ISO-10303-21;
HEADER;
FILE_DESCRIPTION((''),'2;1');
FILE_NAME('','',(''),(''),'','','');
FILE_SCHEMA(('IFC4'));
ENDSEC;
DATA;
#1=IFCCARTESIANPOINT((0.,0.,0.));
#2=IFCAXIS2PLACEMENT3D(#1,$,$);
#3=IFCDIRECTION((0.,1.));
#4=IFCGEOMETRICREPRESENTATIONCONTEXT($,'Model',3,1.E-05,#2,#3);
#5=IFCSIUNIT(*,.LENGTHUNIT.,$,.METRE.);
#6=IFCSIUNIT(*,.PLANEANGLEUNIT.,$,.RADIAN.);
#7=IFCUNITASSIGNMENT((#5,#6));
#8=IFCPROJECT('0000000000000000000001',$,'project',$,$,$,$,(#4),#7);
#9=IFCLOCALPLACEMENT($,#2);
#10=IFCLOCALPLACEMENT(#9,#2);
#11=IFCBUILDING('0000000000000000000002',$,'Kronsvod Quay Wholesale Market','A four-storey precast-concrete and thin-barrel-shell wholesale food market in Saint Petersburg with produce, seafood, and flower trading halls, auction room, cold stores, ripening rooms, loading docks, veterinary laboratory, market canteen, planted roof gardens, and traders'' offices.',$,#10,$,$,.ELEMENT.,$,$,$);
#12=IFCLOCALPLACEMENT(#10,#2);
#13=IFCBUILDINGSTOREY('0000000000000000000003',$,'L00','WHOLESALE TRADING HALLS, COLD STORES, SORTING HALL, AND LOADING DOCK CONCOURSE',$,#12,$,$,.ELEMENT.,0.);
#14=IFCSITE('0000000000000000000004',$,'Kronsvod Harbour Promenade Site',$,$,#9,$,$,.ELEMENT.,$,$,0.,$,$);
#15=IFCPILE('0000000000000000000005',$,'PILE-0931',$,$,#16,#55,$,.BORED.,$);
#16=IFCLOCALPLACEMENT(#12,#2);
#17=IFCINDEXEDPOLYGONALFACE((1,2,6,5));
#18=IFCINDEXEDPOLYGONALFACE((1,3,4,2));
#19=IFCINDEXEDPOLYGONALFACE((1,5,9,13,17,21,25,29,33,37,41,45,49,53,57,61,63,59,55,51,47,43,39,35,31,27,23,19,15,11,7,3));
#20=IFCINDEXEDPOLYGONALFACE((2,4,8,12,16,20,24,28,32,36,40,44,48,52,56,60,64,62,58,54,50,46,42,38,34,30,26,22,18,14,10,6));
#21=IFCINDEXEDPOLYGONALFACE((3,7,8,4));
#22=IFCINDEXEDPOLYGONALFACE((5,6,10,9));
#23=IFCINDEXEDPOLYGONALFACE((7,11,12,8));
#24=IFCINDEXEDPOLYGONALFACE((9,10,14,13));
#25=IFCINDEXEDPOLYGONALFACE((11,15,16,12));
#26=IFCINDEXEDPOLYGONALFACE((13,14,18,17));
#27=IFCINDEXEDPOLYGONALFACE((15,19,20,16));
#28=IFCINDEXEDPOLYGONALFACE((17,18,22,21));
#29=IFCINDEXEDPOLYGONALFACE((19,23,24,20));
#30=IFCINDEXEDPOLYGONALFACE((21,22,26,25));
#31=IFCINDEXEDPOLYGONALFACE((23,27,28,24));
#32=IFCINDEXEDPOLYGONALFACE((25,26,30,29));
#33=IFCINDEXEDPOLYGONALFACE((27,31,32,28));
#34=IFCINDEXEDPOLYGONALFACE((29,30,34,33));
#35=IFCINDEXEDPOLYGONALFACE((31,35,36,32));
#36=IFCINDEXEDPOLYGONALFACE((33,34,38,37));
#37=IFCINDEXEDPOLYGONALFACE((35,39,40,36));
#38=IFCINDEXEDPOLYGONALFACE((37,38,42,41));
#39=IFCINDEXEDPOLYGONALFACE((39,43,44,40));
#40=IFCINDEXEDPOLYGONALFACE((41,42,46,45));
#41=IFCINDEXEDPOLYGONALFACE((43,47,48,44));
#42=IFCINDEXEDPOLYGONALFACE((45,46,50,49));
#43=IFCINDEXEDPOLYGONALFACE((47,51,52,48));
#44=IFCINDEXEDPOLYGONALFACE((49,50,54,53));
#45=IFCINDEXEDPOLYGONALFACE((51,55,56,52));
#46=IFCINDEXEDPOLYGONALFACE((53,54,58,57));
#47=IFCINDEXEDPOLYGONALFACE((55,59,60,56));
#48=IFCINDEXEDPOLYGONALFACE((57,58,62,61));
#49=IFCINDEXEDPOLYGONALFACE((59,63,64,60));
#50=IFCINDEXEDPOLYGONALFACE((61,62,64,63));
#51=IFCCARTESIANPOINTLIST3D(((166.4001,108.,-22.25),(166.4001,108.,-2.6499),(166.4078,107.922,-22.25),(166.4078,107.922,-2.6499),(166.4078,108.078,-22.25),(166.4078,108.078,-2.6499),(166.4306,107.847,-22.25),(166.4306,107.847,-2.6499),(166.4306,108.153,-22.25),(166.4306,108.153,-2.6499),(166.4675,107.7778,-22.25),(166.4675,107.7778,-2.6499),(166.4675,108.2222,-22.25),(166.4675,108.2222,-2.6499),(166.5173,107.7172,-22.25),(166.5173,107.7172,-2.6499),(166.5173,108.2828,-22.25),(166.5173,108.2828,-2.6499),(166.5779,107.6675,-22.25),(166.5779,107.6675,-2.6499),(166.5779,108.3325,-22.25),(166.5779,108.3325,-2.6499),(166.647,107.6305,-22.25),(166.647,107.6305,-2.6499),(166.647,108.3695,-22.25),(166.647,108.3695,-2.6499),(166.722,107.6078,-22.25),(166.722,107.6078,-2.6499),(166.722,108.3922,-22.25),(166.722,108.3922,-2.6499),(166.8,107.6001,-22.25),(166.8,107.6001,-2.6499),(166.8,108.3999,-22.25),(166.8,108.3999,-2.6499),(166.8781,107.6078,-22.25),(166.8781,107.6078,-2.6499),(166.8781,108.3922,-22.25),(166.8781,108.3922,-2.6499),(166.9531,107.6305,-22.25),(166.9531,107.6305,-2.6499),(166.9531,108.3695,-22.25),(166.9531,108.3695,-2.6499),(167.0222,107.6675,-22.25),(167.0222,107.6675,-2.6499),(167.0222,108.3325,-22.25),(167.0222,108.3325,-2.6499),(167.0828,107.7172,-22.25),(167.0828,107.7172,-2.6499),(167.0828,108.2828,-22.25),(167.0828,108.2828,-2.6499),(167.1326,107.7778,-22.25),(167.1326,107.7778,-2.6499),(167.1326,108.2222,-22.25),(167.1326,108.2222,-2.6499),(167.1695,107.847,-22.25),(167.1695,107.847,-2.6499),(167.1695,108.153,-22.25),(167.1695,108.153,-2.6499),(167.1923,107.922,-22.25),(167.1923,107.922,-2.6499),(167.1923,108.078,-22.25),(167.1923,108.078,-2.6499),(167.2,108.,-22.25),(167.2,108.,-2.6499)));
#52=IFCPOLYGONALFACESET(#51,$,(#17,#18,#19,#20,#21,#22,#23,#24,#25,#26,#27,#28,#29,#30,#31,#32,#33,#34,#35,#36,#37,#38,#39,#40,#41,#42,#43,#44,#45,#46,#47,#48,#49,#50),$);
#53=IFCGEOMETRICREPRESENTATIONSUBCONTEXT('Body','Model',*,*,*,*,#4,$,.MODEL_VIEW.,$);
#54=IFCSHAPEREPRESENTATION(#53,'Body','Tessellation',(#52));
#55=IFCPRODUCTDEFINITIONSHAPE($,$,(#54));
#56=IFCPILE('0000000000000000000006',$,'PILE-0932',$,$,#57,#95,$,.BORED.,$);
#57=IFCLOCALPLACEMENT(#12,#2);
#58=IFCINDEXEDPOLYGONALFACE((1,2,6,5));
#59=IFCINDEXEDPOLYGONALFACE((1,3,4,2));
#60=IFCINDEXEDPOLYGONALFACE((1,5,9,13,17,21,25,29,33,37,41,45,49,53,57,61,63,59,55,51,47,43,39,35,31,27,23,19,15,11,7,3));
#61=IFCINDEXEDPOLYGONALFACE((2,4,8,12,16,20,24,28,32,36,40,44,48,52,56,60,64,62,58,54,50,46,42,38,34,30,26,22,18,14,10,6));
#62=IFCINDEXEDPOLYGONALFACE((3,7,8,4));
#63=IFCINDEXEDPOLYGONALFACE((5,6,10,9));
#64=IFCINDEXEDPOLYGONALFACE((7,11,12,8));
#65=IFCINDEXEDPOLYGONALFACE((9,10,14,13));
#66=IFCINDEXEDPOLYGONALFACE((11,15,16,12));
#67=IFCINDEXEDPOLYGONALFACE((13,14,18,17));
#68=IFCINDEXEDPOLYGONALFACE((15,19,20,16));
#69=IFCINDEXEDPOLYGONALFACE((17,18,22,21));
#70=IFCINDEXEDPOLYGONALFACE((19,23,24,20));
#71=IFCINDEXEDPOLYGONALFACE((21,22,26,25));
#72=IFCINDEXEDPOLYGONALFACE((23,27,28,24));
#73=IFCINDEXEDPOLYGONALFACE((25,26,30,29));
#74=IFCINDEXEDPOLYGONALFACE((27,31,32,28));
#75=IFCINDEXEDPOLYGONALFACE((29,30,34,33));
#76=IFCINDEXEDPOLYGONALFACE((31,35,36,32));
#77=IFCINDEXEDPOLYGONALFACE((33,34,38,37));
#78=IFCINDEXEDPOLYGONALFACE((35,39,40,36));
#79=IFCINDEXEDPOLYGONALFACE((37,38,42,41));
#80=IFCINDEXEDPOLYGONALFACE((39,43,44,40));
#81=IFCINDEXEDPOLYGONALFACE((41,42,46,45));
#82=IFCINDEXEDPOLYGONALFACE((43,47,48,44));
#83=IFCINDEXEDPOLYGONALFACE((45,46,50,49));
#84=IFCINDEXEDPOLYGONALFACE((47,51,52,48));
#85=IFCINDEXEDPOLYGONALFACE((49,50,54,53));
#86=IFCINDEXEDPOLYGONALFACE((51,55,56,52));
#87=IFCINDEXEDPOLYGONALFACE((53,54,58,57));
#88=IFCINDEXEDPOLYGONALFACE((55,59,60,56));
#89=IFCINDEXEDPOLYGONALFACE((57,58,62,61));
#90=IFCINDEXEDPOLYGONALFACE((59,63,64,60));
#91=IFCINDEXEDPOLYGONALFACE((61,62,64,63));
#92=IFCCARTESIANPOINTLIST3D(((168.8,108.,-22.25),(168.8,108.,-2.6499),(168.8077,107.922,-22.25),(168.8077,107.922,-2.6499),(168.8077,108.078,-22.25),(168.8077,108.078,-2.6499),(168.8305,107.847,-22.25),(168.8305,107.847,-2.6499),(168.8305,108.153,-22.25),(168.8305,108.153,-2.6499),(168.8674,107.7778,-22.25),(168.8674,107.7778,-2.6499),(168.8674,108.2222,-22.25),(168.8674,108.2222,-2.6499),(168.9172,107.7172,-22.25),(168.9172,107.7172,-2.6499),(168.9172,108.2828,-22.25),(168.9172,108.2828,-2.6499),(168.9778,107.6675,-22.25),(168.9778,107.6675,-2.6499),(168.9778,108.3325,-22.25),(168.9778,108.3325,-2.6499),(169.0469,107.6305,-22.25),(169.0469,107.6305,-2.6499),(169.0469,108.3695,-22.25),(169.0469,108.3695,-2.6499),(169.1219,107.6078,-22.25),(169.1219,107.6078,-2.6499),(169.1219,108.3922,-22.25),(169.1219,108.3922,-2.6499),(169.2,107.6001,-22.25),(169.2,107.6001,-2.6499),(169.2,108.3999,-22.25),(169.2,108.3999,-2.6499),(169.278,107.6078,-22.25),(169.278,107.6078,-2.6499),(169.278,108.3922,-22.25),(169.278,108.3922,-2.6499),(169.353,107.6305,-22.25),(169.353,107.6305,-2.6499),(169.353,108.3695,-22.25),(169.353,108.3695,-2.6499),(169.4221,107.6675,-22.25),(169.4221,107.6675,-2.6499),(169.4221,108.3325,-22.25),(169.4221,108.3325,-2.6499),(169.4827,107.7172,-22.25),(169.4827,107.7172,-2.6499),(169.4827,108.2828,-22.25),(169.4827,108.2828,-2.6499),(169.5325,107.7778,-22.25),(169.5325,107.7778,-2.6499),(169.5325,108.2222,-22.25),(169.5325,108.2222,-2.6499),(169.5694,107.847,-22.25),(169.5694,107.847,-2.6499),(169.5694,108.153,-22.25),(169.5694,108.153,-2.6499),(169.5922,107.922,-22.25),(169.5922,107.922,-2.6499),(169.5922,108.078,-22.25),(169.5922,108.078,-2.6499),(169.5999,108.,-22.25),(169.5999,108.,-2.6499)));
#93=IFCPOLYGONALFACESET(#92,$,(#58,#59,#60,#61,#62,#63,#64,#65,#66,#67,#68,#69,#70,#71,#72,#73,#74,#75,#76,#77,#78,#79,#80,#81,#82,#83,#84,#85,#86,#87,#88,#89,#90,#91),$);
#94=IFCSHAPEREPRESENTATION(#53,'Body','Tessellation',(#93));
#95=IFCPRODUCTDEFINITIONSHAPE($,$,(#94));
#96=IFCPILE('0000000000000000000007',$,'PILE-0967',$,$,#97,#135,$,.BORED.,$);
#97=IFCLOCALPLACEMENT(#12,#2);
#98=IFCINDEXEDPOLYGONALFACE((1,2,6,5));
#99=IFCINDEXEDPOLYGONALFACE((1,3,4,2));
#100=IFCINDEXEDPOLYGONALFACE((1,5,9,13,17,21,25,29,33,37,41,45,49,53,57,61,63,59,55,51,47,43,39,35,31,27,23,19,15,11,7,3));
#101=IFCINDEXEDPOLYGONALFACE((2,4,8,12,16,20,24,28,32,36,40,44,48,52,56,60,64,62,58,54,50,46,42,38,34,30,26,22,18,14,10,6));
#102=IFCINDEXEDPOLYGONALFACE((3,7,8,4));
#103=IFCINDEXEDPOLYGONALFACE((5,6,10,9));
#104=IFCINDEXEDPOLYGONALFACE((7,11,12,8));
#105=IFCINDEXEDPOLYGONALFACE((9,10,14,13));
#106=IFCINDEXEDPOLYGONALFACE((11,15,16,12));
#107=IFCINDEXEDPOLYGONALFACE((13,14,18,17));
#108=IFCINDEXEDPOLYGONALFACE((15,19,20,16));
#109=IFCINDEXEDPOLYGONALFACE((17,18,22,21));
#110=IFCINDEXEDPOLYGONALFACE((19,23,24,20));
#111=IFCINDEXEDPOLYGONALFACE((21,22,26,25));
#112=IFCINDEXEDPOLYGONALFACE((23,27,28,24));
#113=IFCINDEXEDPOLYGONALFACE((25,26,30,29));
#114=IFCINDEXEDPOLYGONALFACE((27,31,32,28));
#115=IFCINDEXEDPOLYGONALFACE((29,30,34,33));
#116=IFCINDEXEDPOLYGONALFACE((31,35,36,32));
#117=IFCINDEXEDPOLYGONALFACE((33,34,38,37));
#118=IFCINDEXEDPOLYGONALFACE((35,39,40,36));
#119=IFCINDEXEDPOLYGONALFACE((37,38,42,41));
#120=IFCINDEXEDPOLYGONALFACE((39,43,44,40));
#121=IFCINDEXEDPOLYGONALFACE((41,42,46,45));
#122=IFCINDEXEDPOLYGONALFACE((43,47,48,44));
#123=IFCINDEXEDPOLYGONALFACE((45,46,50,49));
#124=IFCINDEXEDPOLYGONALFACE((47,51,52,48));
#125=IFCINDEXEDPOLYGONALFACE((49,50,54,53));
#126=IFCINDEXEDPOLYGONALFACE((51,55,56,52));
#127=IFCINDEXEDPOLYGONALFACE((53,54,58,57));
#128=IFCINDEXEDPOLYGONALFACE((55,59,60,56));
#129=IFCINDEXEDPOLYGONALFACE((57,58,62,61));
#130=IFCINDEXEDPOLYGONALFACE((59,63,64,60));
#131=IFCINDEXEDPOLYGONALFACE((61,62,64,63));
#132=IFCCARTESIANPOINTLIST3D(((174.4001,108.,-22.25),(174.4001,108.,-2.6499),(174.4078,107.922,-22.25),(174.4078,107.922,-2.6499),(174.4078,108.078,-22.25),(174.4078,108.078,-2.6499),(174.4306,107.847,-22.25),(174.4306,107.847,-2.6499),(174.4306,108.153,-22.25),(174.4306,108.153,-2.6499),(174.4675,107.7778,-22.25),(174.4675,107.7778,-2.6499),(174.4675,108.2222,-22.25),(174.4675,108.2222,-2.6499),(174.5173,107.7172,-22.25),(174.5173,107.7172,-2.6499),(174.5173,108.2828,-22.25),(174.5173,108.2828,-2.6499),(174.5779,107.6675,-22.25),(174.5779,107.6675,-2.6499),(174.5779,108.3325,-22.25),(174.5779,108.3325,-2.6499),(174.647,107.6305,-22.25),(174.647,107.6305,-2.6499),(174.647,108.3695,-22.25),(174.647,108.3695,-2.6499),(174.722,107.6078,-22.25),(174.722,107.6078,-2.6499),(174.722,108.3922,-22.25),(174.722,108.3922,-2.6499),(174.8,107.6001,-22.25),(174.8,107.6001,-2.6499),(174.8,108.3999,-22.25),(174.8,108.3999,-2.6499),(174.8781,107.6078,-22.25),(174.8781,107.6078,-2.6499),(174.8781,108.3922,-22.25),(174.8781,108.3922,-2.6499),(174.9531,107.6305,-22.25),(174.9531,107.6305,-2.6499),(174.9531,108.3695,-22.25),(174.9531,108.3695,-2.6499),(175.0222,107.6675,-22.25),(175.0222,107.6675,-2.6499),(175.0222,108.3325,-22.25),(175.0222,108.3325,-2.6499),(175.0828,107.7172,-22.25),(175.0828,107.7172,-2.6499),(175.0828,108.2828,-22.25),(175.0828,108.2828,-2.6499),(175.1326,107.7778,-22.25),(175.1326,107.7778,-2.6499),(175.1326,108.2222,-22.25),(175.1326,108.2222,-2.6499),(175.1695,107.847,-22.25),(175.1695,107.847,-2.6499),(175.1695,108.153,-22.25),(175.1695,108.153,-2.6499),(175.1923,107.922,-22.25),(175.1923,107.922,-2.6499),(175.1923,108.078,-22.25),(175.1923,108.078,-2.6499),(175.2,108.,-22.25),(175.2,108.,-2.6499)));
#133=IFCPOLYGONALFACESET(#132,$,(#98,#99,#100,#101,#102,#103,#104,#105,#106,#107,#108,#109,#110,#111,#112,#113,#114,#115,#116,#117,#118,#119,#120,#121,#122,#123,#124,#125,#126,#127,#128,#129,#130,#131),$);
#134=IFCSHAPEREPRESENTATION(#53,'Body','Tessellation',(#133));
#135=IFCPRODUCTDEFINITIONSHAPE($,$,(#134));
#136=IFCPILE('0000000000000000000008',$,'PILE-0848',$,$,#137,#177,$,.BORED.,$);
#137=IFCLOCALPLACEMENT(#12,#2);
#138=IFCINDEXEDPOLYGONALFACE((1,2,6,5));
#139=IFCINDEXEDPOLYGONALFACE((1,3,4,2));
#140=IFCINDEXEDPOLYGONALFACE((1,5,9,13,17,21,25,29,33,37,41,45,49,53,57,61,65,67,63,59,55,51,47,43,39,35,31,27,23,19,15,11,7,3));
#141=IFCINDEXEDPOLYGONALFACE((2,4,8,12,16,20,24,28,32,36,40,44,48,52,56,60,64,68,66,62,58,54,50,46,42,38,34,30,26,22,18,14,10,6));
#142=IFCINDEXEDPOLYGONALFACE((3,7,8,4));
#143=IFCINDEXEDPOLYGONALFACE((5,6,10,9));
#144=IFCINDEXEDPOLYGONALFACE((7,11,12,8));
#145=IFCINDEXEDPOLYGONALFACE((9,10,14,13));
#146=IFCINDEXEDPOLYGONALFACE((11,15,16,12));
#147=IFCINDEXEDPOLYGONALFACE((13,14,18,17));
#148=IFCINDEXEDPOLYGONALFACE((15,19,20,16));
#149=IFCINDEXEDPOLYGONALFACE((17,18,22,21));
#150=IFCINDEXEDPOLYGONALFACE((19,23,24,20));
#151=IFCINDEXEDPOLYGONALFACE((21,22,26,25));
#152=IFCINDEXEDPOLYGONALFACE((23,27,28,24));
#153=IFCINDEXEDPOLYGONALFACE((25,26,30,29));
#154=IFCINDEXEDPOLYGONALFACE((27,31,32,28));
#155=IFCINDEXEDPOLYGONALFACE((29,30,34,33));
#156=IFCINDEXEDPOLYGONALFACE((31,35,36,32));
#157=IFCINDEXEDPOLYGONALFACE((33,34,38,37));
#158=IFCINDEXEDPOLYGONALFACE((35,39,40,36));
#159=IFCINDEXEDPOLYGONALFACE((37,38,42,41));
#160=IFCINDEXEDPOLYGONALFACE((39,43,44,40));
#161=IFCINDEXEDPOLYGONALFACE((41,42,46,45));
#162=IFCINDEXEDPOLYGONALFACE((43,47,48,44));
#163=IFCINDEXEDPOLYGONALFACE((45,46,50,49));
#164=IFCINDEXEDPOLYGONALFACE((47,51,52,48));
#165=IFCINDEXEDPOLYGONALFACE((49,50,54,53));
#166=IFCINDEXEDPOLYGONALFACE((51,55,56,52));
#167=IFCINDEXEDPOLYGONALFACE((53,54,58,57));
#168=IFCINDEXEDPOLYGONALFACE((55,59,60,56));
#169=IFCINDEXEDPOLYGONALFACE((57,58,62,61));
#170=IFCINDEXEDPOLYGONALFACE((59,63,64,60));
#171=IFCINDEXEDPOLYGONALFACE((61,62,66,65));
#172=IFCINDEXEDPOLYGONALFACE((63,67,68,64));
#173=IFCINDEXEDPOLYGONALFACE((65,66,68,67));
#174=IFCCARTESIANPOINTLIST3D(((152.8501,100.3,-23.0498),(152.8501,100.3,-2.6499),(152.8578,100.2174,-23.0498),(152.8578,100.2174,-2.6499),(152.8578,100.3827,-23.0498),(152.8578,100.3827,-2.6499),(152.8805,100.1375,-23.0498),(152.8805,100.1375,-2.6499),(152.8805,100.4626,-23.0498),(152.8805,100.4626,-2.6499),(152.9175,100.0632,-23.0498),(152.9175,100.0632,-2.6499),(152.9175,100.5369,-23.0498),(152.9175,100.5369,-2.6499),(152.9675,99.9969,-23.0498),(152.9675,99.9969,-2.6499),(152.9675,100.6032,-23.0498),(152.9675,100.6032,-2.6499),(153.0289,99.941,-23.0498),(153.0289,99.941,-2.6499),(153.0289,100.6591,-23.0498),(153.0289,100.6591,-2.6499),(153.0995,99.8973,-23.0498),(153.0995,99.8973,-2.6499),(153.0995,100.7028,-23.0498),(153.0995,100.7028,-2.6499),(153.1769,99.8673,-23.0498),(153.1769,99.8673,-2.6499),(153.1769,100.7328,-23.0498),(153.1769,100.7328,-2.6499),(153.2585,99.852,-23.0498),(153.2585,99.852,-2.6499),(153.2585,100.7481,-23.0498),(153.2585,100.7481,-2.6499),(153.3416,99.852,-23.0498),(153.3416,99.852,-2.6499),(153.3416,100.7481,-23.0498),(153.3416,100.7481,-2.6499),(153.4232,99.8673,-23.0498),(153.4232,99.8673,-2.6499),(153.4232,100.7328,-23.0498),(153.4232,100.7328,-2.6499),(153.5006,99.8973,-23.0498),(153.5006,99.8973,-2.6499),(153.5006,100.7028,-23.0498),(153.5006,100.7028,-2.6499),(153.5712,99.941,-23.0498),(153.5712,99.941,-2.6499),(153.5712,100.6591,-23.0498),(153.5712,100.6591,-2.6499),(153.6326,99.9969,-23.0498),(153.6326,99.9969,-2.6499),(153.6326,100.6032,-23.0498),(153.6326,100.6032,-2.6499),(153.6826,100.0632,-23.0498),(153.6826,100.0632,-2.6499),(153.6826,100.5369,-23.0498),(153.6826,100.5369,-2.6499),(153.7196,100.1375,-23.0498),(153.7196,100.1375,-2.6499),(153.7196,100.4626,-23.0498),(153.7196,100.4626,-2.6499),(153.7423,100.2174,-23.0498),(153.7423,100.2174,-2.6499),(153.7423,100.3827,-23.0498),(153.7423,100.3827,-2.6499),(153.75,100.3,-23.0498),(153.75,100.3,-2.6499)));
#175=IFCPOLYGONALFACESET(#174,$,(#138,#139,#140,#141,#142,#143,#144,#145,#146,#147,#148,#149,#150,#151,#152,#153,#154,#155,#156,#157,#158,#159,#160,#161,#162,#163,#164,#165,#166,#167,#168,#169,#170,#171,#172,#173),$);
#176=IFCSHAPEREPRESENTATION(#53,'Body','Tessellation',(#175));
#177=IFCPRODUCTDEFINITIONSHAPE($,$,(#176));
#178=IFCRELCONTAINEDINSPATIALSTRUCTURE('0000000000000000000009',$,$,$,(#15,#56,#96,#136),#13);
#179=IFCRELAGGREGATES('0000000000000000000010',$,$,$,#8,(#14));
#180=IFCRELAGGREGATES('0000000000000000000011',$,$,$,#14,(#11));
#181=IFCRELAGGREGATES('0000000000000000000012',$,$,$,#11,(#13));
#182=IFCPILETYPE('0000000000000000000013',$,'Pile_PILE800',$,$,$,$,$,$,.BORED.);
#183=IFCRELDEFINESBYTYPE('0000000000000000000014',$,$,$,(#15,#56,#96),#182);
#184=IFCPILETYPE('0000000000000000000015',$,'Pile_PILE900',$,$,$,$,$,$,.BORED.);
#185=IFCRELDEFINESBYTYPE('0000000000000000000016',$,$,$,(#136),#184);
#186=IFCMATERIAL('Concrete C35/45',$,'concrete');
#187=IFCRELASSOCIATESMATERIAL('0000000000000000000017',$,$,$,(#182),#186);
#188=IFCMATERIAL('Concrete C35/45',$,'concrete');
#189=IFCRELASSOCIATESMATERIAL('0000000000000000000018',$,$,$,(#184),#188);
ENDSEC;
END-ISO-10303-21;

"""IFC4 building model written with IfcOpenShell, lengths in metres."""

from ifc_helpers import new_model, si_unit, direction, frame, origin, origin_2d, place, context, subcontext, project, spatial, circle, extrude, material, material_profile, profile_set, type_object, element, save


model = new_model("IFC4")

# Units and contexts
model_context = context("Model", 3, precision=1e-05, world=origin(), true_north=direction((0.0, 1.0)))
body_context = subcontext(model_context, "Body", "Model", "MODEL_VIEW")
ifc_project = project(units=[si_unit("LENGTHUNIT", "METRE"), si_unit("PLANEANGLEUNIT", "RADIAN")], contexts=[model_context])

# Site, building, storey
site_placement = place(None, origin())
site = spatial("IfcSite", under=ifc_project, at=site_placement, Name="Kronsvod Harbour Promenade Site", CompositionType="ELEMENT", RefElevation=0.0)
building_placement = place(site_placement, origin())
building = spatial("IfcBuilding", under=site, at=building_placement, Name="Kronsvod Quay Wholesale Market", Description="A four-storey precast-concrete and thin-barrel-shell wholesale food market in Saint Petersburg with produce, seafood, and flower trading halls, auction room, cold stores, ripening rooms, loading docks, veterinary laboratory, market canteen, planted roof gardens, and traders' offices.", CompositionType="ELEMENT")
storey_placement = place(building_placement, origin())
storey = spatial("IfcBuildingStorey", under=building, at=storey_placement, Name="L00", Description="WHOLESALE TRADING HALLS, COLD STORES, SORTING HALL, AND LOADING DOCK CONCOURSE", CompositionType="ELEMENT", Elevation=0.0)

# Piles
ifc_material_1 = material(Name="Concrete C35/45", Category="concrete")
ifc_material_profile_1 = material_profile(ifc_material_1, circle(Radius=0.3999, at=origin_2d()), Name="PILE800")
ifc_profile_set_1 = profile_set([ifc_material_profile_1], Name="Concrete C35/45")
pile_type_1 = type_object("IfcPileType", Name="Pile_PILE800", PredefinedType="BORED", material=ifc_profile_set_1)
for number, where, z_axis, x_axis, name in (
    (1, (166.8, 108.0, -2.6499), (0.0, 0.0, -1.0), (1.0, 0.0, 0.0), "PILE-0931"),
    (2, (169.2, 108.0, -2.6499), (0.0, 0.0, -1.0), (1.0, 0.0, 0.0), "PILE-0932"),
    (3, (174.8, 108.0, -2.6499), (0.0, 0.0, -1.0), (1.0, 0.0, 0.0), "PILE-0967"),
):
    element("IfcPile", number, at=place(storey_placement, frame(where, z_axis=z_axis, x_axis=x_axis)), inside=storey, type_object=pile_type_1, Name=name, PredefinedType="BORED", context=body_context, shape_type="SweptSolid", body=[
        extrude(circle(Radius=0.3999, at=origin_2d()), origin(), (0.0, 0.0, 1.0), 19.6001),
    ])
ifc_material_2 = material(Name="Concrete C35/45", Category="concrete")
ifc_material_profile_2 = material_profile(ifc_material_2, circle(Radius=0.45, at=origin_2d()), Name="PILE900")
ifc_profile_set_2 = profile_set([ifc_material_profile_2], Name="Concrete C35/45")
pile_type_2 = type_object("IfcPileType", Name="Pile_PILE900", PredefinedType="BORED", material=ifc_profile_set_2)
for number, where, z_axis, x_axis, name in (
    (4, (153.3, 100.3, -2.6499), (0.0, 0.0, -1.0), (1.0, 0.0, 0.0), "PILE-0848"),
):
    element("IfcPile", number, at=place(storey_placement, frame(where, z_axis=z_axis, x_axis=x_axis)), inside=storey, type_object=pile_type_2, Name=name, PredefinedType="BORED", context=body_context, shape_type="SweptSolid", body=[
        extrude(circle(Radius=0.45, at=origin_2d()), origin(), (0.0, 0.0, 1.0), 20.3999),
    ])

save(model, "model.ifc")
